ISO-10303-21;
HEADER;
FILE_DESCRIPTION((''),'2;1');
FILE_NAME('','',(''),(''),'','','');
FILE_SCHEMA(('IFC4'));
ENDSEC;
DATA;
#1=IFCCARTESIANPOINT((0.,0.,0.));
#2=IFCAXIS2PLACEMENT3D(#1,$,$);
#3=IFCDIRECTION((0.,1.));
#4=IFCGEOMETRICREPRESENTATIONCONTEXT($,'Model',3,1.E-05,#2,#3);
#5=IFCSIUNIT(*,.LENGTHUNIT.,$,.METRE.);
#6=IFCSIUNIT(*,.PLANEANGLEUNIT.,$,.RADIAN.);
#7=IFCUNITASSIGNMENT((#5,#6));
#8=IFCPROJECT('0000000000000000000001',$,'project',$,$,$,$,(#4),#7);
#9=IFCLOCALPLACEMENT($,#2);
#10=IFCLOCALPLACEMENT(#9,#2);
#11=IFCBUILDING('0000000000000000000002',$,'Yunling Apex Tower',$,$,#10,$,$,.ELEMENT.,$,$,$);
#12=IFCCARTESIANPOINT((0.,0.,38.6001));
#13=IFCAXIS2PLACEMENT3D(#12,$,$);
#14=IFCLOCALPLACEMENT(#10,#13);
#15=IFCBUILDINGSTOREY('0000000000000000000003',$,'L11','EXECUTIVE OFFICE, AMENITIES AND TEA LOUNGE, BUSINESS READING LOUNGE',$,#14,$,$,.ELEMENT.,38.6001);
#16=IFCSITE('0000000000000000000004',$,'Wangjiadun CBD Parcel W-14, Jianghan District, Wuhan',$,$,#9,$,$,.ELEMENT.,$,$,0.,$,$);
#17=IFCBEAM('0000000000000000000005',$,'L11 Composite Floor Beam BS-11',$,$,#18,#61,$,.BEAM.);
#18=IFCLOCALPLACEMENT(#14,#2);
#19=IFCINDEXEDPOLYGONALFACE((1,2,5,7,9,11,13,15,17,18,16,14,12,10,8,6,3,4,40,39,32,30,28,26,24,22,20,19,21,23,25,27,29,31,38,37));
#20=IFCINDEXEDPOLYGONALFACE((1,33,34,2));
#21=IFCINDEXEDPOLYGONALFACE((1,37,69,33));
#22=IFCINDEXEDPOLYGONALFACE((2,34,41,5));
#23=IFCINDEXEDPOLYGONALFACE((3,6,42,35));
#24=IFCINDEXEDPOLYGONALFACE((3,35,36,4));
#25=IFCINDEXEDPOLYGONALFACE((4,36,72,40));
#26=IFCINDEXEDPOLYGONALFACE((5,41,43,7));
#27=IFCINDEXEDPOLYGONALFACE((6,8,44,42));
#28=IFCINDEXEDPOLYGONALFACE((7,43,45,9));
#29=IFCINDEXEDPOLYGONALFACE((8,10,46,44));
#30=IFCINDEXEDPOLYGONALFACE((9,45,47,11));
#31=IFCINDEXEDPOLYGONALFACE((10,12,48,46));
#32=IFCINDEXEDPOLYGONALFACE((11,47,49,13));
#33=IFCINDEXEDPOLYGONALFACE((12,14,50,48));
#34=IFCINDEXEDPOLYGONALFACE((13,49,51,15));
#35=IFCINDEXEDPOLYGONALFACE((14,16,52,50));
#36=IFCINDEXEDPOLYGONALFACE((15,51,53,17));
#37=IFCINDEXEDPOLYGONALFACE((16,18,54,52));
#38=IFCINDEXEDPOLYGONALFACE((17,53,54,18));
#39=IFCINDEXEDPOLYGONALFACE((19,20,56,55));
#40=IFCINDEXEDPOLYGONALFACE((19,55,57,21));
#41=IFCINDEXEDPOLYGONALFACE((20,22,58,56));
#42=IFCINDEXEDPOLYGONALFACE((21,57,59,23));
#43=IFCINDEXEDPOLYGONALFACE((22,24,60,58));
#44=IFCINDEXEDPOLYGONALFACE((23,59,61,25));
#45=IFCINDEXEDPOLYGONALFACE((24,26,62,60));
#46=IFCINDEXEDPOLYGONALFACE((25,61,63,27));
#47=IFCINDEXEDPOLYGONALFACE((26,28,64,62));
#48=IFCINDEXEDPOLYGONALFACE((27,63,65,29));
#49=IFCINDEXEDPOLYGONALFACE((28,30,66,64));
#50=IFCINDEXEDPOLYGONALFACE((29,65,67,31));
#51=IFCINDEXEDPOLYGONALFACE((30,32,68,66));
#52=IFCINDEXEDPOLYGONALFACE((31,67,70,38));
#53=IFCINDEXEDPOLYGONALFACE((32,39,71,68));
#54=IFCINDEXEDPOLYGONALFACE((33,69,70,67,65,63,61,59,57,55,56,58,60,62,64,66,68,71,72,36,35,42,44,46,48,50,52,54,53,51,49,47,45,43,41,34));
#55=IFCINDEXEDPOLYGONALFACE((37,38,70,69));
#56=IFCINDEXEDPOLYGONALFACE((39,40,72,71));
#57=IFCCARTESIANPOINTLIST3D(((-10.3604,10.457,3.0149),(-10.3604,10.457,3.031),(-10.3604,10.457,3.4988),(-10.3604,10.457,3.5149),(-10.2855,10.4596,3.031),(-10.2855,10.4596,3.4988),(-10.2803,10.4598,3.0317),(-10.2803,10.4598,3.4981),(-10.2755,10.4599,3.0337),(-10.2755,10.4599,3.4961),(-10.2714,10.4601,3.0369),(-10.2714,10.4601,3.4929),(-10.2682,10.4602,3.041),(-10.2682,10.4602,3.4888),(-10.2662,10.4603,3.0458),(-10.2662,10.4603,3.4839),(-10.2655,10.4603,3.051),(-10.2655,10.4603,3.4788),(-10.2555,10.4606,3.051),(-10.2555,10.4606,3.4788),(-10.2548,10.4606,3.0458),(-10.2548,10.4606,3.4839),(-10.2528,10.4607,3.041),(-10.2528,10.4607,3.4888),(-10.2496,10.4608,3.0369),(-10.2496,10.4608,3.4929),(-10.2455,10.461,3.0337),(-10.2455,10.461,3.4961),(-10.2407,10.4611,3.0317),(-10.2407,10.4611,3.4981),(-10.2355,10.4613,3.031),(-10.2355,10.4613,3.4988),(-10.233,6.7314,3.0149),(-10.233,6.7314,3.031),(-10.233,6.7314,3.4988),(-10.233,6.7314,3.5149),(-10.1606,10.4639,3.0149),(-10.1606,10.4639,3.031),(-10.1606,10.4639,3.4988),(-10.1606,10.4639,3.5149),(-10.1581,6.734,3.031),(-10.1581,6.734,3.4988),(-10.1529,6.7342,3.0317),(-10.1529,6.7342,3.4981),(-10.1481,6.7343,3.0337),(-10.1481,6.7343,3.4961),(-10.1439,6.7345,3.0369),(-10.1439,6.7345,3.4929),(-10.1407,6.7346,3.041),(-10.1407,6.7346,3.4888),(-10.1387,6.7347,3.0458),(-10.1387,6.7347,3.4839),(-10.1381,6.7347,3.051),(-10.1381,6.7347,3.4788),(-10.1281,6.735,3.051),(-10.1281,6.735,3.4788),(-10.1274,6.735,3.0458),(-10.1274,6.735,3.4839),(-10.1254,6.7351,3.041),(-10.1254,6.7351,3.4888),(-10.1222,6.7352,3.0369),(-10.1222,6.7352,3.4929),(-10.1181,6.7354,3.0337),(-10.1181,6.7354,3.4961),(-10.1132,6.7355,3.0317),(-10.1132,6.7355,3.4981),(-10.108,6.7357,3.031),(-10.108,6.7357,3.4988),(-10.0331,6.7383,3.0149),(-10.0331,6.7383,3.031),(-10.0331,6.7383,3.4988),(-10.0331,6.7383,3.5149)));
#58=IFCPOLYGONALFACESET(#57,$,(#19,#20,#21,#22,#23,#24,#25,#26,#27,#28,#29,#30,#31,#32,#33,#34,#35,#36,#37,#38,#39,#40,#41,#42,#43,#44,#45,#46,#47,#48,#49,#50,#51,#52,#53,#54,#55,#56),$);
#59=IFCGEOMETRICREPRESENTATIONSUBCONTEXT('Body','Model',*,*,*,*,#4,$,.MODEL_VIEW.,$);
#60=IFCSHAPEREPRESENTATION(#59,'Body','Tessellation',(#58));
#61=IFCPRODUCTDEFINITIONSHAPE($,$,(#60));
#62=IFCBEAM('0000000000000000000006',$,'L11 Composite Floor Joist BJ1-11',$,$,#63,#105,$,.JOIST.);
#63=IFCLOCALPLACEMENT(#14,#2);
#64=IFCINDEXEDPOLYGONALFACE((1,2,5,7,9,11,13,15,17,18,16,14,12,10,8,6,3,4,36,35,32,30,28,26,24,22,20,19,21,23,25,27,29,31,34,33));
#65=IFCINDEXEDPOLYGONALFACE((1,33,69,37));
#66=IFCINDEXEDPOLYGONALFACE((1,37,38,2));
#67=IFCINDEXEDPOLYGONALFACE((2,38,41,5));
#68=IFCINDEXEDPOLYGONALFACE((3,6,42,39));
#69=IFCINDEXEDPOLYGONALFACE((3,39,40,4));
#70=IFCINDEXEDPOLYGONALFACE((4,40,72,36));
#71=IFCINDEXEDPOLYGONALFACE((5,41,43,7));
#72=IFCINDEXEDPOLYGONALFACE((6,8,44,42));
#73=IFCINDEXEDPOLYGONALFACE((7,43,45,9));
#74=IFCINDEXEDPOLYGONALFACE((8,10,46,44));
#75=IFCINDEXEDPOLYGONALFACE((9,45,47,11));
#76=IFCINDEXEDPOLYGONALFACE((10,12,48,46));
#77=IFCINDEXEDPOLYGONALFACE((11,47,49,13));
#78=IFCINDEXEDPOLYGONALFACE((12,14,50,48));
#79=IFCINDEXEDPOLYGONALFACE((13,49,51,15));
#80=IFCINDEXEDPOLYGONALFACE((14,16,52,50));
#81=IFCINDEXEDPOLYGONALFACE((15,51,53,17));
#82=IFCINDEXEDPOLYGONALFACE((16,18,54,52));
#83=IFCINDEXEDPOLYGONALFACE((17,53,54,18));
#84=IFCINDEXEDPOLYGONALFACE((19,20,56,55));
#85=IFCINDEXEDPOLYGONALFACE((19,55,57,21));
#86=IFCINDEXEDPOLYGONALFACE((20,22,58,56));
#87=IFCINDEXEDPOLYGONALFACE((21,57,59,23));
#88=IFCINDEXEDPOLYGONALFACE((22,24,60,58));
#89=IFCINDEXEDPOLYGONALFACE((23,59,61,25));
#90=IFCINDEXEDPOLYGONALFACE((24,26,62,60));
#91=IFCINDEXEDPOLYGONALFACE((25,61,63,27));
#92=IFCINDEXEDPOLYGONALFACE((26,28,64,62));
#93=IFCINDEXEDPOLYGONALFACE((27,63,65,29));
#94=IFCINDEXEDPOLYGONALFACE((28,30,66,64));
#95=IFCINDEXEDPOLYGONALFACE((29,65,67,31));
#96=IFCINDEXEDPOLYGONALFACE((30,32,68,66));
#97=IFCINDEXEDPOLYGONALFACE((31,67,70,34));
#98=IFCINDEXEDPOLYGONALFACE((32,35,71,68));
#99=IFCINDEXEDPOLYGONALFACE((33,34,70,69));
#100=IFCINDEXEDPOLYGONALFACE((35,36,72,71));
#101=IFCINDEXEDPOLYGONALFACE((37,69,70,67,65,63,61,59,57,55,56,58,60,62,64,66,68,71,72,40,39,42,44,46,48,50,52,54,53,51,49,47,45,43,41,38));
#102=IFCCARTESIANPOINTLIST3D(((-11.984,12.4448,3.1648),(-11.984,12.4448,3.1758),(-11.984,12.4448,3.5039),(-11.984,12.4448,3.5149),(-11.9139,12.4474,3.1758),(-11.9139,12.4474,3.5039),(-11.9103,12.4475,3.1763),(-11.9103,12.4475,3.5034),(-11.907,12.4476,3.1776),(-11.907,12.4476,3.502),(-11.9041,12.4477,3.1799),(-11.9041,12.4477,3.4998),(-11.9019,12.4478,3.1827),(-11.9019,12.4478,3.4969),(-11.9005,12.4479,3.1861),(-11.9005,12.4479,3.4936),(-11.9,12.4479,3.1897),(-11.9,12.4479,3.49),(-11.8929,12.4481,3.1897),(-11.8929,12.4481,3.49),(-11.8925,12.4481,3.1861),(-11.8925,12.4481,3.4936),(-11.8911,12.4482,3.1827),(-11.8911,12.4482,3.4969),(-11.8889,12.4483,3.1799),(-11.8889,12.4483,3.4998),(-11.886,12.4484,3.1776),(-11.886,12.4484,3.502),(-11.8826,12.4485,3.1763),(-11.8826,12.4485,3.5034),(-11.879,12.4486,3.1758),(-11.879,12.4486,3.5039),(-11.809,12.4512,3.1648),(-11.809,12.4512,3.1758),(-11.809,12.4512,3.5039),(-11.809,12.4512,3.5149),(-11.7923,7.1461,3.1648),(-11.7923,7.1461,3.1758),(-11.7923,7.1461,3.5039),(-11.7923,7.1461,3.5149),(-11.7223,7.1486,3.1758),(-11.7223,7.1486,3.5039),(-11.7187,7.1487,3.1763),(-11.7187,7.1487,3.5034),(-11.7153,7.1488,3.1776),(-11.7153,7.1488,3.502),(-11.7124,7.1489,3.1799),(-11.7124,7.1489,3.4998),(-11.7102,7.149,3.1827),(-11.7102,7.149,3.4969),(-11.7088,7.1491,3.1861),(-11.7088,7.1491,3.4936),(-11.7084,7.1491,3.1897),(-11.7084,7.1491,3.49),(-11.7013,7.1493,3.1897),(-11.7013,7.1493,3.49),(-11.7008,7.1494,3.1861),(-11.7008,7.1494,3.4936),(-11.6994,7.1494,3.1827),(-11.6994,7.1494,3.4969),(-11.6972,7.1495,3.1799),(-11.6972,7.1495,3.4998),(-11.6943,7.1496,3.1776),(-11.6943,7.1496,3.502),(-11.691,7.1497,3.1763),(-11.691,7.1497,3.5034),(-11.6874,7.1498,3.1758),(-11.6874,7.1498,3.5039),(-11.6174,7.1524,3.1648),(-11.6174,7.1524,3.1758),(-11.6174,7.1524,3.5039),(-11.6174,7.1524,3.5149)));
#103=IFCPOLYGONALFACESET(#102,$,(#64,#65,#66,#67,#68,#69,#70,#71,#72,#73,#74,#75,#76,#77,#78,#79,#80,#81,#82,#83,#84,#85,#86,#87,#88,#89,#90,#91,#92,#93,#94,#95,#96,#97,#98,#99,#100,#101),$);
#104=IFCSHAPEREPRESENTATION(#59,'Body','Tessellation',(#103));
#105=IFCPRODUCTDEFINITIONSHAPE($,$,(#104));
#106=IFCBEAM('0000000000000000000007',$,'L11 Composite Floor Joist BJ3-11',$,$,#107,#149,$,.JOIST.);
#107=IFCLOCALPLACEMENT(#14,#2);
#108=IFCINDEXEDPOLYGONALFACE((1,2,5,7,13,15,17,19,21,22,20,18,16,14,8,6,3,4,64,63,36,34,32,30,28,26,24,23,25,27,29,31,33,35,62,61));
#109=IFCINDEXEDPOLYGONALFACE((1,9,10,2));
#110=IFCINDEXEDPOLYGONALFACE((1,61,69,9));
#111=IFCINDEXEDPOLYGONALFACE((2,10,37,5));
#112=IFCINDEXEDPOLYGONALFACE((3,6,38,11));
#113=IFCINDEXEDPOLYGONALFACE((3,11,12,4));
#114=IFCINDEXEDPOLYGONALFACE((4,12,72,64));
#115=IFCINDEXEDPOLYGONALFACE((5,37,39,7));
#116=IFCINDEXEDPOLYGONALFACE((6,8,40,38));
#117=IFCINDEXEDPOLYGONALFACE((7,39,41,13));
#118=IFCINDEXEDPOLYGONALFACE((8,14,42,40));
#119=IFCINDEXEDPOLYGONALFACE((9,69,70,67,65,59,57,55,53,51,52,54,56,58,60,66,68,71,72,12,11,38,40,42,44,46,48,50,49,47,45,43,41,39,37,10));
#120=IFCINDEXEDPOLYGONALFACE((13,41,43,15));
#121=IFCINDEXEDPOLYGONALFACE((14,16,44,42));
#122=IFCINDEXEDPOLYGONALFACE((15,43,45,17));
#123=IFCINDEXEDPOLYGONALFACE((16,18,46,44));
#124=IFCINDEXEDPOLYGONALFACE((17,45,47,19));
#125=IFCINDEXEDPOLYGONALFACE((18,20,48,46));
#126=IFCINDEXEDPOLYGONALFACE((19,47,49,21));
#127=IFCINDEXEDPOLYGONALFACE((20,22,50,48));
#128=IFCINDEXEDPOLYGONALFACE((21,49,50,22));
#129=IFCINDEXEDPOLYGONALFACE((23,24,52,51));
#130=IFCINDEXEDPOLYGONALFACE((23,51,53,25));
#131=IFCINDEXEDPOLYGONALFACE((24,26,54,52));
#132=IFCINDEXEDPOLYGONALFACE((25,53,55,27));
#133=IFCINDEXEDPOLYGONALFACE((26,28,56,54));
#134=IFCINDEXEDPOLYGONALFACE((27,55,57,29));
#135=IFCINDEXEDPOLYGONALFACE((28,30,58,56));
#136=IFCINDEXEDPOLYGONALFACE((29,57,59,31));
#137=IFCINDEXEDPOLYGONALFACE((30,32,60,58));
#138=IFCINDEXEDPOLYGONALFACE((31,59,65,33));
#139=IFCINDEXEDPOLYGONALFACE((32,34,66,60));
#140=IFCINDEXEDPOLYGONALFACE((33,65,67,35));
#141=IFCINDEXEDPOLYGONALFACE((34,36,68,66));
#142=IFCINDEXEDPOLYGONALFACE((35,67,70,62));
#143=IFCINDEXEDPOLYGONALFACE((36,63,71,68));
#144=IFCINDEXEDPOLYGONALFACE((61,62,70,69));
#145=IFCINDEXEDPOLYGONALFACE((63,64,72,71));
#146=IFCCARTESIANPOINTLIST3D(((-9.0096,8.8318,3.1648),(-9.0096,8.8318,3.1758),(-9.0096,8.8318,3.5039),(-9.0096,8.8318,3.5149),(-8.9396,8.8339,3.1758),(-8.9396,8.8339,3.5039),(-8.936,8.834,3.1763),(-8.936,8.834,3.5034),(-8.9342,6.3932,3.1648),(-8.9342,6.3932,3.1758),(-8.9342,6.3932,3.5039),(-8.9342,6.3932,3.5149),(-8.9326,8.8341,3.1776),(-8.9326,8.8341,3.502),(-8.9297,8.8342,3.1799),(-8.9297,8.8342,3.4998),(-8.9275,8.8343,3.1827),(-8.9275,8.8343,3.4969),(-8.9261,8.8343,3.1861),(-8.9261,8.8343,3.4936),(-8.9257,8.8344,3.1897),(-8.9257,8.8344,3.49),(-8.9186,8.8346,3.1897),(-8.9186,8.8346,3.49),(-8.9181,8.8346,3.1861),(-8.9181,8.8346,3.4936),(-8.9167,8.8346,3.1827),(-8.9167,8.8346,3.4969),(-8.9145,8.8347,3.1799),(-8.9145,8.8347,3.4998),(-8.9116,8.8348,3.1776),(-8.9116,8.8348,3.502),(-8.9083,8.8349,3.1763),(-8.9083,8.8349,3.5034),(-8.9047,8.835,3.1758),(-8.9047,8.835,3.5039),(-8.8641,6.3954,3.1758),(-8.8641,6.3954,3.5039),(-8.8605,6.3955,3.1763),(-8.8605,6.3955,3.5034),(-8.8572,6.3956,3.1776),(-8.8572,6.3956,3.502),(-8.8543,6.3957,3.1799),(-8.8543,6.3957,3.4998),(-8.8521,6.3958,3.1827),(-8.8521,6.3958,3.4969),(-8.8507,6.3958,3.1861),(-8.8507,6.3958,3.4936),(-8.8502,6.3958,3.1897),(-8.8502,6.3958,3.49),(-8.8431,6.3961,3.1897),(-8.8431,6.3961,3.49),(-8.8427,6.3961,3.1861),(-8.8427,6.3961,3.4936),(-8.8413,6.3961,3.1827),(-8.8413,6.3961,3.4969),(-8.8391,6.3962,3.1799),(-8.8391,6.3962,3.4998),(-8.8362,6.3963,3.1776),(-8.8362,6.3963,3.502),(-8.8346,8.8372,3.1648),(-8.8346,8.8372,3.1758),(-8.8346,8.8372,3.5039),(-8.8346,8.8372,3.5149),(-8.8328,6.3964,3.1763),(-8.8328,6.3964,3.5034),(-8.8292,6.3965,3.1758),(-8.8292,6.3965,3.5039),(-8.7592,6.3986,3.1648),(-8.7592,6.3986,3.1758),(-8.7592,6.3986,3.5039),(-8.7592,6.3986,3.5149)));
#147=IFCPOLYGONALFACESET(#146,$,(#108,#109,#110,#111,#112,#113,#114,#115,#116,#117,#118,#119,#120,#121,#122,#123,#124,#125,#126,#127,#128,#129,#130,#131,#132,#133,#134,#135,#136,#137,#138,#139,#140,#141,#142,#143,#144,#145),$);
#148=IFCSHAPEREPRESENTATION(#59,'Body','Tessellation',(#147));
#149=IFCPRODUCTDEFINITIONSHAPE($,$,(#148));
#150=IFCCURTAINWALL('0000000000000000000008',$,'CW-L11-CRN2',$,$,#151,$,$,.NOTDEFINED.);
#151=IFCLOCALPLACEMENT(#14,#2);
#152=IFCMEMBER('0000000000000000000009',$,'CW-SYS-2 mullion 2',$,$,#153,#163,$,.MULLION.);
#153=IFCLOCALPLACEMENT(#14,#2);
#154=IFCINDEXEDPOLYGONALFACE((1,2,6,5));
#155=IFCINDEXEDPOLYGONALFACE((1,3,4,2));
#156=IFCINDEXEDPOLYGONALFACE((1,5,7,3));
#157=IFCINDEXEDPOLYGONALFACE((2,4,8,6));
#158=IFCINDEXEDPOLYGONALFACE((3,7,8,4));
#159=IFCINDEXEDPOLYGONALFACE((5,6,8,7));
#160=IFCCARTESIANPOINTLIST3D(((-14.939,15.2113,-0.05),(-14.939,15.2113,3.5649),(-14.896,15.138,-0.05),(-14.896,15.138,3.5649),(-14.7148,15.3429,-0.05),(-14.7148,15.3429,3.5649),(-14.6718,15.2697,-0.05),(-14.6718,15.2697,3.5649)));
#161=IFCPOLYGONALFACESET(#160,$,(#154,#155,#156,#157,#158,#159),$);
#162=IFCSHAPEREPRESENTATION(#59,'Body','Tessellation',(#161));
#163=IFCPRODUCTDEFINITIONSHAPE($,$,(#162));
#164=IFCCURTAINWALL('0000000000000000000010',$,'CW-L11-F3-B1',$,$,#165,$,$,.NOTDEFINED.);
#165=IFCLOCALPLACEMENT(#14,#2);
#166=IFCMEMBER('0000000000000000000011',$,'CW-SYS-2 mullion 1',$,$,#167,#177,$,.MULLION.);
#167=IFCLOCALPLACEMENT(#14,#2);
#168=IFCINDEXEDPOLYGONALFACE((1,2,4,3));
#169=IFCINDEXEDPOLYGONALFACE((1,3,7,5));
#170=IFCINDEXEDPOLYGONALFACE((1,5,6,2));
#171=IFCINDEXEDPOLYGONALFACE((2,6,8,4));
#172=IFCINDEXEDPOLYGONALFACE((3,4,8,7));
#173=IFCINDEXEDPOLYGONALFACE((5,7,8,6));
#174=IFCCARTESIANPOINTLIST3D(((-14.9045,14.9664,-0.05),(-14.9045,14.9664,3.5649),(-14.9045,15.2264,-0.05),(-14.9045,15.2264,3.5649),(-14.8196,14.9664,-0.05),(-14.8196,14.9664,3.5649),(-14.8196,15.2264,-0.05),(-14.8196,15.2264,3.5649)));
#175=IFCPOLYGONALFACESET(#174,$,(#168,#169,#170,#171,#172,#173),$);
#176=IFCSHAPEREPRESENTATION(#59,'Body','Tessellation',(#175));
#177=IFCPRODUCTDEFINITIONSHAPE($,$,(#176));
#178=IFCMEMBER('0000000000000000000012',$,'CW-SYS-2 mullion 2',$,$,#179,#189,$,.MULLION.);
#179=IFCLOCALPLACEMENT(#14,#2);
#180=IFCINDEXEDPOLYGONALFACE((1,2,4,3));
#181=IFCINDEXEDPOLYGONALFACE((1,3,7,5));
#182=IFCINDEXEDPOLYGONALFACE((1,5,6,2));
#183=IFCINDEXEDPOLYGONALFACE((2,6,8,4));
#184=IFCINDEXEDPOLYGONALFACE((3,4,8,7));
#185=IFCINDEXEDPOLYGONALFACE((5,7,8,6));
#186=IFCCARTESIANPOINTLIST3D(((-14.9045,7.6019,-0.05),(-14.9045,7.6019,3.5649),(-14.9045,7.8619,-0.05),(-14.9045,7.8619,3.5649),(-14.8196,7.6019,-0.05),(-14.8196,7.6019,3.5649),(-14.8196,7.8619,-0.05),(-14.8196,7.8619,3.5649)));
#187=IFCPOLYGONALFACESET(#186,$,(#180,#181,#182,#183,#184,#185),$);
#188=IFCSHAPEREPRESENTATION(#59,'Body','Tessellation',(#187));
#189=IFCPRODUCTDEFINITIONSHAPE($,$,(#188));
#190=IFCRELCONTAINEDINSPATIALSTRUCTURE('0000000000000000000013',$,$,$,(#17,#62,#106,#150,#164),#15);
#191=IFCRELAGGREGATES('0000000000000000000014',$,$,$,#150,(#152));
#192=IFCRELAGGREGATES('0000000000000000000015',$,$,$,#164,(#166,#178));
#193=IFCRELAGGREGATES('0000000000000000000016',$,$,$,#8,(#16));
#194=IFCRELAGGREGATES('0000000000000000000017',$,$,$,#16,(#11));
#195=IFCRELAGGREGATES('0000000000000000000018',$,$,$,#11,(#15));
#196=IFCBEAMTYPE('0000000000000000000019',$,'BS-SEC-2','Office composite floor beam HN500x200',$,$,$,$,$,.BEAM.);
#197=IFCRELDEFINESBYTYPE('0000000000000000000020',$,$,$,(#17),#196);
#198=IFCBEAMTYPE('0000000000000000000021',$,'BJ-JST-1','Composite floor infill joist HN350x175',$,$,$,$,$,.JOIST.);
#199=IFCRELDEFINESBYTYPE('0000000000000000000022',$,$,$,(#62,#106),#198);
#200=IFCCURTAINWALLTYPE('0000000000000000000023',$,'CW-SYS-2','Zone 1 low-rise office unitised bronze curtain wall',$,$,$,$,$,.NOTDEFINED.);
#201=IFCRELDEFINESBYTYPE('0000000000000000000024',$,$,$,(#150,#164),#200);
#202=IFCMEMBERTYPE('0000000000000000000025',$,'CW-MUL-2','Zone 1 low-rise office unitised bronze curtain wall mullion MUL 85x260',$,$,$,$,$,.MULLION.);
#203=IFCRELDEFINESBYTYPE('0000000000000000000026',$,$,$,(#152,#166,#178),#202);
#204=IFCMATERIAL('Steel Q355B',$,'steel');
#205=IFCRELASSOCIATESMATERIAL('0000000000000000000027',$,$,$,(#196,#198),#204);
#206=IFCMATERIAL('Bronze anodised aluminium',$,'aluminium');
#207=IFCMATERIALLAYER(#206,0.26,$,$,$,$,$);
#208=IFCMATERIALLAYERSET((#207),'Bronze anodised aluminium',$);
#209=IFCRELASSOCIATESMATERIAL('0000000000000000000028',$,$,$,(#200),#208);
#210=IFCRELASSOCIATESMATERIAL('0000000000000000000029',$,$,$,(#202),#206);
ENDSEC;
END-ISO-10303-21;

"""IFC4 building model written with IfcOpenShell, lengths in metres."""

from ifc_helpers import new_model, si_unit, direction, frame, origin, origin_2d, place, context, subcontext, project, spatial, rectangle, i_section, extrude, source, transform, mapped, material, layer, layer_set, material_profile, profile_set, type_object, element, aggregate, save


model = new_model("IFC4")

# Units and contexts
model_context = context("Model", 3, precision=1e-05, world=origin(), true_north=direction((0.0, 1.0)))
body_context = subcontext(model_context, "Body", "Model", "MODEL_VIEW")
ifc_project = project(units=[si_unit("LENGTHUNIT", "METRE"), si_unit("PLANEANGLEUNIT", "RADIAN")], contexts=[model_context])

# Site, building, storey
site_placement = place(None, origin())
site = spatial("IfcSite", under=ifc_project, at=site_placement, Name="Wangjiadun CBD Parcel W-14, Jianghan District, Wuhan", CompositionType="ELEMENT", RefElevation=0.0)
building_placement = place(site_placement, origin())
building = spatial("IfcBuilding", under=site, at=building_placement, Name="Yunling Apex Tower", CompositionType="ELEMENT")
storey_placement = place(building_placement, frame((0.0, 0.0, 38.6001)))
storey = spatial("IfcBuildingStorey", under=building, at=storey_placement, Name="L11", Description="EXECUTIVE OFFICE, AMENITIES AND TEA LOUNGE, BUSINESS READING LOUNGE", CompositionType="ELEMENT", Elevation=38.6001)

# Beams
ifc_material_1 = material(Name="Steel Q355B", Category="steel")
ifc_material_profile_1 = material_profile(ifc_material_1, i_section(OverallWidth=0.2, OverallDepth=0.5, WebThickness=0.01, FlangeThickness=0.0161, FilletRadius=0.02, at=origin_2d()))
ifc_profile_set_1 = profile_set([ifc_material_profile_1], Name="Steel Q355B")
beam_type_1 = type_object("IfcBeamType", Name="BS-SEC-2", Description="Office composite floor beam HN500x200", PredefinedType="BEAM", material=ifc_profile_set_1)
shared_shape_1 = source(origin(), body_context, "Body", "SweptSolid", [
    extrude(i_section(OverallWidth=0.2, OverallDepth=0.5, WebThickness=0.01, FlangeThickness=0.0161, FilletRadius=0.02, at=origin_2d()), origin(), (0.0, 0.0, 1.0), 3.7278),
])
beam_1_placement = place(storey_placement, frame((-10.2605, 10.4604, 3.2649), z_axis=(0.034187, -0.999415, 0.0), x_axis=(0.999415, 0.034187, 0.0)))
element("IfcBeam", 1, at=beam_1_placement, inside=storey, type_object=beam_type_1, Name="L11 Composite Floor Beam BS-11", PredefinedType="BEAM", context=body_context, shape_type="MappedRepresentation", body=[
    mapped(shared_shape_1, transform((0.0, 0.0, 0.0), scale=1.0)),
])
ifc_material_profile_2 = material_profile(ifc_material_1, i_section(OverallWidth=0.175, OverallDepth=0.3501, WebThickness=0.0071, FlangeThickness=0.011, FilletRadius=0.0139, at=origin_2d()))
ifc_profile_set_2 = profile_set([ifc_material_profile_2], Name="Steel Q355B")
beam_type_2 = type_object("IfcBeamType", Name="BJ-JST-1", Description="Composite floor infill joist HN350x175", PredefinedType="JOIST", material=ifc_profile_set_2)
shared_shape_2 = source(origin(), body_context, "Body", "SweptSolid", [
    extrude(i_section(OverallWidth=0.175, OverallDepth=0.3501, WebThickness=0.0071, FlangeThickness=0.011, FilletRadius=0.0139, at=origin_2d()), origin(), (0.0, 0.0, 1.0), 5.3022),
])
beam_2_placement = place(storey_placement, frame((-11.8965, 12.448, 3.3398), z_axis=(0.036145, -0.999347, 0.0), x_axis=(0.999347, 0.036145, 0.0)))
element("IfcBeam", 2, at=beam_2_placement, inside=storey, type_object=beam_type_2, Name="L11 Composite Floor Joist BJ1-11", PredefinedType="JOIST", context=body_context, shape_type="MappedRepresentation", body=[
    mapped(shared_shape_2, transform((0.0, 0.0, 0.0), scale=1.0)),
])
shared_shape_3 = source(origin(), body_context, "Body", "SweptSolid", [
    extrude(i_section(OverallWidth=0.175, OverallDepth=0.3501, WebThickness=0.0071, FlangeThickness=0.011, FilletRadius=0.0139, at=origin_2d()), origin(), (0.0, 0.0, 1.0), 2.4397),
])
beam_3_placement = place(storey_placement, frame((-8.9221, 8.8345, 3.3398), z_axis=(0.030922, -0.999522, 0.0), x_axis=(0.999522, 0.030922, 0.0)))
element("IfcBeam", 3, at=beam_3_placement, inside=storey, type_object=beam_type_2, Name="L11 Composite Floor Joist BJ3-11", PredefinedType="JOIST", context=body_context, shape_type="MappedRepresentation", body=[
    mapped(shared_shape_3, transform((0.0, 0.0, 0.0), scale=1.0)),
])

# Curtain wall, member
ifc_material_2 = material(Name="Bronze anodised aluminium", Category="aluminium")
ifc_layer_1 = layer(ifc_material_2, 0.26)
ifc_layer_set_1 = layer_set([ifc_layer_1], Name="Bronze anodised aluminium")
curtain_wall_type = type_object("IfcCurtainWallType", Name="CW-SYS-2", Description="Zone 1 low-rise office unitised bronze curtain wall", PredefinedType="NOTDEFINED", material=ifc_layer_set_1)
curtain_wall_1_placement = place(storey_placement, origin())
curtain_wall_1 = element("IfcCurtainWall", 4, at=curtain_wall_1_placement, inside=storey, type_object=curtain_wall_type, Name="CW-L11-CRN2", PredefinedType="NOTDEFINED")
ifc_material_profile_3 = material_profile(ifc_material_2, rectangle(XDim=0.085, YDim=0.26, at=origin_2d()))
ifc_profile_set_3 = profile_set([ifc_material_profile_3], Name="Bronze anodised aluminium")
member_type_1 = type_object("IfcMemberType", Name="CW-MUL-2", Description="Zone 1 low-rise office unitised bronze curtain wall mullion MUL 85x260", PredefinedType="MULLION", material=ifc_profile_set_3)
shared_shape_4 = source(origin(), body_context, "Body", "SweptSolid", [
    extrude(rectangle(XDim=0.085, YDim=0.26, at=origin_2d()), origin(), (0.0, 0.0, 1.0), 3.615),
])
member_1_placement = place(storey_placement, frame((-14.8054, 15.2405, -0.05), z_axis=(0.0, 0.0, 1.0), x_axis=(0.506196, -0.862419, 0.0)))
member_1 = element("IfcMember", 5, at=member_1_placement, type_object=member_type_1, Name="CW-SYS-2 mullion 2", PredefinedType="MULLION", context=body_context, shape_type="MappedRepresentation", body=[
    mapped(shared_shape_4, transform((0.0, 0.0, 0.0), scale=1.0)),
])

# Curtain wall, members
curtain_wall_2_placement = place(storey_placement, origin())
curtain_wall_2 = element("IfcCurtainWall", 6, at=curtain_wall_2_placement, inside=storey, type_object=curtain_wall_type, Name="CW-L11-F3-B1", PredefinedType="NOTDEFINED")
member_2_placement = place(storey_placement, frame((-14.8621, 15.0964, -0.05), z_axis=(0.0, 0.0, 1.0), x_axis=(1.0, 0.0, 0.0)))
member_2 = element("IfcMember", 7, at=member_2_placement, type_object=member_type_1, Name="CW-SYS-2 mullion 1", PredefinedType="MULLION", context=body_context, shape_type="MappedRepresentation", body=[
    mapped(shared_shape_4, transform((0.0, 0.0, 0.0), scale=1.0)),
])
member_3_placement = place(storey_placement, frame((-14.8621, 7.7319, -0.05), z_axis=(0.0, 0.0, 1.0), x_axis=(1.0, 0.0, 0.0)))
member_3 = element("IfcMember", 8, at=member_3_placement, type_object=member_type_1, Name="CW-SYS-2 mullion 2", PredefinedType="MULLION", context=body_context, shape_type="MappedRepresentation", body=[
    mapped(shared_shape_4, transform((0.0, 0.0, 0.0), scale=1.0)),
])

aggregate(curtain_wall_1, [member_1])
aggregate(curtain_wall_2, [member_2, member_3])

save(model, "model.ifc")
